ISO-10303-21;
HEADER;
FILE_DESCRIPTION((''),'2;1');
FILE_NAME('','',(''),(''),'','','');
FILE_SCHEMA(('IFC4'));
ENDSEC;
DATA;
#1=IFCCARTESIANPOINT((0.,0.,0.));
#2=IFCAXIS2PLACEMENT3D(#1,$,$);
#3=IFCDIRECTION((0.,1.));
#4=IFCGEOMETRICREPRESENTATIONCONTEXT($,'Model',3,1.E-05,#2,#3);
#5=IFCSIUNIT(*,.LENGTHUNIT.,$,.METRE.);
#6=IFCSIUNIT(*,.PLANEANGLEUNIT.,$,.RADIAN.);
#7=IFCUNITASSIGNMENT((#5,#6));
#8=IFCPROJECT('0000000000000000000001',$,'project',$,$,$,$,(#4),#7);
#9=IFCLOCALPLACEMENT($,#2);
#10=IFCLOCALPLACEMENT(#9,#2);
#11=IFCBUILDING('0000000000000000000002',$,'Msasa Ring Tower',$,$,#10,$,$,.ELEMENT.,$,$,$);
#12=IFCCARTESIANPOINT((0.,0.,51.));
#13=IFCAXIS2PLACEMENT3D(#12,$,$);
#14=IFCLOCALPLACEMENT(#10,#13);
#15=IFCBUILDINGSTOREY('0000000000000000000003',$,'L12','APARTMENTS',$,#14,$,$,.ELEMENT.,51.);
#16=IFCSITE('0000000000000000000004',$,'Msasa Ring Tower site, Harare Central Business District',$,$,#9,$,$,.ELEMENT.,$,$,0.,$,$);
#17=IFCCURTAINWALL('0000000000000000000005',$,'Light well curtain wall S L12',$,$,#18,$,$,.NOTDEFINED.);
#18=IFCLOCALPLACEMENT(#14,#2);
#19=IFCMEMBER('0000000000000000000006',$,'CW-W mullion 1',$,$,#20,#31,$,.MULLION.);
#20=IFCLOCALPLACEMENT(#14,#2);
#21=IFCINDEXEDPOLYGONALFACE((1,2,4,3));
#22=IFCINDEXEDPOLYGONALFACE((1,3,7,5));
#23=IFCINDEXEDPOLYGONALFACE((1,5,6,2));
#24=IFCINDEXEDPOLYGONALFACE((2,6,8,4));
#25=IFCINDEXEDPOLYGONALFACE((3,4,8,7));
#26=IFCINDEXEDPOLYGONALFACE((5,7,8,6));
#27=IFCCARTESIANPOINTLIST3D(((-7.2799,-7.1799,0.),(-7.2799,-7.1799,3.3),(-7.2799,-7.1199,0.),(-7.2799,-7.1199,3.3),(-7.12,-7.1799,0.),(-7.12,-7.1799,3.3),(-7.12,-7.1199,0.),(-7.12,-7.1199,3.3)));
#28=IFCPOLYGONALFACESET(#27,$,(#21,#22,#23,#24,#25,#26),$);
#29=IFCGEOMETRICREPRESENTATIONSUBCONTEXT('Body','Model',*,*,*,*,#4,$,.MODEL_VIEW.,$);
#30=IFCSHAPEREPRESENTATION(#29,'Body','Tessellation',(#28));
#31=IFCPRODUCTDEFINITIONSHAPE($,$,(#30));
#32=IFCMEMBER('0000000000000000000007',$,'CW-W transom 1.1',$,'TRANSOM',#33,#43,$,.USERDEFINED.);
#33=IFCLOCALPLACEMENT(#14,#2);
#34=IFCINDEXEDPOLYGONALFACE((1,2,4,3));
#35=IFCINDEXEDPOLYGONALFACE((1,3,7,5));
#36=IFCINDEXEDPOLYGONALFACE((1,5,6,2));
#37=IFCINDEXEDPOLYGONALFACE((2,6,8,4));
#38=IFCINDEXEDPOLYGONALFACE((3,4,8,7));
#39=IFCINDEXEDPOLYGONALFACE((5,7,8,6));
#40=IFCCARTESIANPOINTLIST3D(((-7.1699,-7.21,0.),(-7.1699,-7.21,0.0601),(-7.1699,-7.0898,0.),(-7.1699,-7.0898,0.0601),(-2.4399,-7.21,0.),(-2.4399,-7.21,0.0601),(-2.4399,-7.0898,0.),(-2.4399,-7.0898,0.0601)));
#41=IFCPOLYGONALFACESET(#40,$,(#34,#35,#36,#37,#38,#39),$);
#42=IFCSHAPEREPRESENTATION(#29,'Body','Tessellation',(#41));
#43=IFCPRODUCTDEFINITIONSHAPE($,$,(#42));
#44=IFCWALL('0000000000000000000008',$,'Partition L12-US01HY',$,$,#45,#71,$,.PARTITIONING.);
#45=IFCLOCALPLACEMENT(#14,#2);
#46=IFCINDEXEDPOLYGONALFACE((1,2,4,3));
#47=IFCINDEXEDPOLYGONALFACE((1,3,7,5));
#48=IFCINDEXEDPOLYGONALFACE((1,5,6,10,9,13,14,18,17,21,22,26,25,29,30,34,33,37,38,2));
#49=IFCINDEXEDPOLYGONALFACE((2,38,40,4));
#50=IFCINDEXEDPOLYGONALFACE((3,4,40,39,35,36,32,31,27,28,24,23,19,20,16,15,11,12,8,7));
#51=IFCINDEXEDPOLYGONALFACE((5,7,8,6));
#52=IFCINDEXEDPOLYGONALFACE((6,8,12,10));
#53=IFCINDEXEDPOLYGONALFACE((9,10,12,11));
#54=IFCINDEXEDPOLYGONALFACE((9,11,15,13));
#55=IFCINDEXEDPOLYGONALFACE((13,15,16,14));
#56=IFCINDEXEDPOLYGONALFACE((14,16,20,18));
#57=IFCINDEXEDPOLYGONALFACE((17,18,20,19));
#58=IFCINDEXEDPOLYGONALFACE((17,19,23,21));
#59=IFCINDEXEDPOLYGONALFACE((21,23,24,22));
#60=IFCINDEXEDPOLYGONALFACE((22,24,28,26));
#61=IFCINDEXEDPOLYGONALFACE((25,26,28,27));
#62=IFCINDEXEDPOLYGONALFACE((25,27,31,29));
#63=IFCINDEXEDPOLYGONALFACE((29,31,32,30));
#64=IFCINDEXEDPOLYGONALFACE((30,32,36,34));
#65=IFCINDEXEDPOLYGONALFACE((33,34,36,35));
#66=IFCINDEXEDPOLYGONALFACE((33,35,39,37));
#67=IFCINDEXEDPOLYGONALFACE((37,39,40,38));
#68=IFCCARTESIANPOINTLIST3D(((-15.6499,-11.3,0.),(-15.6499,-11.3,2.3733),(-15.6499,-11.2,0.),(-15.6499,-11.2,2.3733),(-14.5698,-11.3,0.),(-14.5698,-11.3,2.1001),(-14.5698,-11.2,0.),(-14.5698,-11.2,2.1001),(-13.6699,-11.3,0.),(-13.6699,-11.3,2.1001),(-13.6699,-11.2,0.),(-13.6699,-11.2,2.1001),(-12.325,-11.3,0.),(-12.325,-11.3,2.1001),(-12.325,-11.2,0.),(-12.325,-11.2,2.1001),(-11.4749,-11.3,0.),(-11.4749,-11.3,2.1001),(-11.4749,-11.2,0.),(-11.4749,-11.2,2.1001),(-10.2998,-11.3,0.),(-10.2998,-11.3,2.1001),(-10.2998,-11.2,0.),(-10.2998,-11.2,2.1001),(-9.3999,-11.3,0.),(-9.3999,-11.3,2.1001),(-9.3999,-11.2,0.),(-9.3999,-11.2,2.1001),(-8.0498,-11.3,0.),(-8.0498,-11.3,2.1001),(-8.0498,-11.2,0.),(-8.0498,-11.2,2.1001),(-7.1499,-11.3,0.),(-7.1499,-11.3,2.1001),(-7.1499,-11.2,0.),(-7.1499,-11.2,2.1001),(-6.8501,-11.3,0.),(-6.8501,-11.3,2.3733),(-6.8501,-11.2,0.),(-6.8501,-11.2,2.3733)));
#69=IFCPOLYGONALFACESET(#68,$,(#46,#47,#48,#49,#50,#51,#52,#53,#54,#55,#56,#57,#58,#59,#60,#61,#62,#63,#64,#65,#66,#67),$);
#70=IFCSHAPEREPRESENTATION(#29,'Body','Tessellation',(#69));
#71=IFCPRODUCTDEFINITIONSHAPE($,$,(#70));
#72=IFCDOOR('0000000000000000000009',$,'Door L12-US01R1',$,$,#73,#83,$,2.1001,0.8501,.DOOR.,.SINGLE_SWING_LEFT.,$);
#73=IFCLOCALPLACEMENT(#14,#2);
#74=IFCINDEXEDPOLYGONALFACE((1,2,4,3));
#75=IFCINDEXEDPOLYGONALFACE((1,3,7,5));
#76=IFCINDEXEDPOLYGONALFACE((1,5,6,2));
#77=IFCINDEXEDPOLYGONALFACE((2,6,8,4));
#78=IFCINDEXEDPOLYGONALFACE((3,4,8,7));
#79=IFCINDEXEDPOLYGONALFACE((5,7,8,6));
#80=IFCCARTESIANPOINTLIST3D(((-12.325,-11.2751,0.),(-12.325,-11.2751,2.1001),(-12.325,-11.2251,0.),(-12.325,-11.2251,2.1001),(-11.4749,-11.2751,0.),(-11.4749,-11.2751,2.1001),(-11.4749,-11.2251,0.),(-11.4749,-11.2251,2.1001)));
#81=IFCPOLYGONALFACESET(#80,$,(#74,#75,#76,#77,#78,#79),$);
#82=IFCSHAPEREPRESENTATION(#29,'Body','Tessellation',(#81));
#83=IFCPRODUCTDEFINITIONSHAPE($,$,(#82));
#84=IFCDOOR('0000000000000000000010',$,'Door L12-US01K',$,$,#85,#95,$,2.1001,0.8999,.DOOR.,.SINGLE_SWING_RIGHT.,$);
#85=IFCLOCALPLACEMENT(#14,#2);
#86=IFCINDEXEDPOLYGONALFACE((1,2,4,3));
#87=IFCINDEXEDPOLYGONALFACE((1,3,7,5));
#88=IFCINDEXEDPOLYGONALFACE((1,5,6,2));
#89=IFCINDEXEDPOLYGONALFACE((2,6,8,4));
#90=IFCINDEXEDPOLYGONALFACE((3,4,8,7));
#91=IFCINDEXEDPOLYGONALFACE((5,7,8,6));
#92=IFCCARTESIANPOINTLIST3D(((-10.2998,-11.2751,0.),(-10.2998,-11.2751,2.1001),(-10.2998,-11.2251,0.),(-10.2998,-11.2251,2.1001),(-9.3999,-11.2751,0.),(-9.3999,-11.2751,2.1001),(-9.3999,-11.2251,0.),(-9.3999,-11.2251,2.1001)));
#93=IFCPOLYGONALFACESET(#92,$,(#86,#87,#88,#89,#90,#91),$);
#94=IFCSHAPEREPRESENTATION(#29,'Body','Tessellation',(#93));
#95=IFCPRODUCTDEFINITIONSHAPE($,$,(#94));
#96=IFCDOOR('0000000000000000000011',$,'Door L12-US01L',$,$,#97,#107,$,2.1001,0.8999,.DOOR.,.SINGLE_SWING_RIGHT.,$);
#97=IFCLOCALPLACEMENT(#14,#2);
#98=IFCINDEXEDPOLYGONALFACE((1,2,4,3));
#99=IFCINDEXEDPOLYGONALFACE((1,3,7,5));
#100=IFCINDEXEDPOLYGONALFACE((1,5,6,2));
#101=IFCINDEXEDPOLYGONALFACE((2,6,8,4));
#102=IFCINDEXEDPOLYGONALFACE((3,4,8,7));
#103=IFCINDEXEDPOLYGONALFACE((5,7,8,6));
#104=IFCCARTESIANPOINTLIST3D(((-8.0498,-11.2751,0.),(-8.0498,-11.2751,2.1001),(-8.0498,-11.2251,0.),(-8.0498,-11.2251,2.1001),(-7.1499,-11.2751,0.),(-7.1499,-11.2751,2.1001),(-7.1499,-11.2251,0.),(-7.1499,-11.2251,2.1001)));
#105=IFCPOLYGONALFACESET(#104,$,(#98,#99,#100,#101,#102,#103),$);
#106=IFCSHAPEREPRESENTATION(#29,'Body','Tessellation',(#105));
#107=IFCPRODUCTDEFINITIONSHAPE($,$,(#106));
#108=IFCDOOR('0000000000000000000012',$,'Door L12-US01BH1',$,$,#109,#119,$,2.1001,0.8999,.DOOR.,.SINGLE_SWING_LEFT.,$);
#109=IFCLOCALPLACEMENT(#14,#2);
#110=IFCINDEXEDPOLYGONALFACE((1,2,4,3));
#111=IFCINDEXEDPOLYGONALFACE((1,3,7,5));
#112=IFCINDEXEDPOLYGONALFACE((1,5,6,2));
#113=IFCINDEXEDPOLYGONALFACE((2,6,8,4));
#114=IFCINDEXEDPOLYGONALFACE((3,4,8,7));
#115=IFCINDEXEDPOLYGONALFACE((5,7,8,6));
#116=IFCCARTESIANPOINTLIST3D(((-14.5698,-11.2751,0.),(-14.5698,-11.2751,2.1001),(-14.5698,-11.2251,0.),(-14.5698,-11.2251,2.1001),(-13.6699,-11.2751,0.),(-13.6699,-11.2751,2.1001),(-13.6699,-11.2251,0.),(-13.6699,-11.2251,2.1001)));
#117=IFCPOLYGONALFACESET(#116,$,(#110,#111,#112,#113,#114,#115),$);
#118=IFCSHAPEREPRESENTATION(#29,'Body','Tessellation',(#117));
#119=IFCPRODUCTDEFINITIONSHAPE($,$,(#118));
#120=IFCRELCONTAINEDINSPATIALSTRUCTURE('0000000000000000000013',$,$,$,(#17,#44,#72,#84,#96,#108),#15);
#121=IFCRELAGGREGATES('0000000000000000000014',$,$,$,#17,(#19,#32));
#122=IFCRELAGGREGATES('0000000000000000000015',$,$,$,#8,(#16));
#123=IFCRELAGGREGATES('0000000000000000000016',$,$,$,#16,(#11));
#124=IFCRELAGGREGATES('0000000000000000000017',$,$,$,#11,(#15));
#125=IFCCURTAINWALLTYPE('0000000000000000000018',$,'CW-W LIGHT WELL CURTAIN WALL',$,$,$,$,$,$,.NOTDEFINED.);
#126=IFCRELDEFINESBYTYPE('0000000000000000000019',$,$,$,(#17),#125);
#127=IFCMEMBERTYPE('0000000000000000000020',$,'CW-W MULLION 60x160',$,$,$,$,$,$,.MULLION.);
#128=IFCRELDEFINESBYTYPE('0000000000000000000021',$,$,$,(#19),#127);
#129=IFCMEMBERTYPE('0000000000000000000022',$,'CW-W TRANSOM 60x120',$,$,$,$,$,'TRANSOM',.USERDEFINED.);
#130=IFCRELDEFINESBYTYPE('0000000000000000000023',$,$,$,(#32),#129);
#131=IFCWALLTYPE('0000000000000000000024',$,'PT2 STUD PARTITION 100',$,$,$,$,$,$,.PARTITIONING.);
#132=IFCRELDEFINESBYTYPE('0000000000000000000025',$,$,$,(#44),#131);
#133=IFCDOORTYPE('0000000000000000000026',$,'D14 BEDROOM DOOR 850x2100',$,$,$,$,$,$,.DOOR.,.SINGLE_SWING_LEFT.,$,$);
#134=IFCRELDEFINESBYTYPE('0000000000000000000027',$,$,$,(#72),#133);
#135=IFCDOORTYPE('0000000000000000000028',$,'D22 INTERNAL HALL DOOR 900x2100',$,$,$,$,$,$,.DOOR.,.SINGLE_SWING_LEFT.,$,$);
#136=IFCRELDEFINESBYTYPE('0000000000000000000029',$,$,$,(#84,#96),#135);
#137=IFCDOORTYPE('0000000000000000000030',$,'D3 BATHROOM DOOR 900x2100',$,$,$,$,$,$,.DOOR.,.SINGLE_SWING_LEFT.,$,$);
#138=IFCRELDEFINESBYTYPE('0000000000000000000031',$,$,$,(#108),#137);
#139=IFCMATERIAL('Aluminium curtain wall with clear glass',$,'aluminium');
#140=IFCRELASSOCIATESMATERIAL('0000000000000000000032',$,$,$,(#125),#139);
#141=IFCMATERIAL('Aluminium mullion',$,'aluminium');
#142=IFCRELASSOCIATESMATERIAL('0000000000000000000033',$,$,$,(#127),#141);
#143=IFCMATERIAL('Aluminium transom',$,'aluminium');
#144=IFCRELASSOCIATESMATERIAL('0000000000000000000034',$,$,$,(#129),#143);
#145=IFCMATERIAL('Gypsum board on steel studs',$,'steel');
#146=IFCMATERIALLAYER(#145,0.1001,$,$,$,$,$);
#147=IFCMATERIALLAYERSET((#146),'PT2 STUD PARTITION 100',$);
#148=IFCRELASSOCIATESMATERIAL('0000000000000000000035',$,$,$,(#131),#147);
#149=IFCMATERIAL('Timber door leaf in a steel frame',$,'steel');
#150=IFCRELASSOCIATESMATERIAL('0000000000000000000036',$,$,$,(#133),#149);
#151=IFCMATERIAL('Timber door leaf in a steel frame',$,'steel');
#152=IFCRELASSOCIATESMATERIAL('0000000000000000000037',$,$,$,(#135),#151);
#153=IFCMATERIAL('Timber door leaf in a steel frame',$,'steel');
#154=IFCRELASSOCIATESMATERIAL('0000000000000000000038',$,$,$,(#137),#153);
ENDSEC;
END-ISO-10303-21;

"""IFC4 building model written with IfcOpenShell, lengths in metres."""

from ifc_helpers import new_model, si_unit, direction, frame, frame_2d, origin, origin_2d, place, context, subcontext, project, spatial, rectangle, extrude, material, layer, layer_set, material_profile, profile_set, type_object, element, fill, aggregate, save


model = new_model("IFC4")

# Units and contexts
model_context = context("Model", 3, precision=1e-05, world=origin(), true_north=direction((0.0, 1.0)))
body_context = subcontext(model_context, "Body", "Model", "MODEL_VIEW")
ifc_project = project(units=[si_unit("LENGTHUNIT", "METRE"), si_unit("PLANEANGLEUNIT", "RADIAN")], contexts=[model_context])

# Site, building, storey
site_placement = place(None, origin())
site = spatial("IfcSite", under=ifc_project, at=site_placement, Name="Msasa Ring Tower site, Harare Central Business District", CompositionType="ELEMENT", RefElevation=0.0)
building_placement = place(site_placement, origin())
building = spatial("IfcBuilding", under=site, at=building_placement, Name="Msasa Ring Tower", CompositionType="ELEMENT")
storey_placement = place(building_placement, frame((0.0, 0.0, 51.0)))
storey = spatial("IfcBuildingStorey", under=building, at=storey_placement, Name="L12", Description="APARTMENTS", CompositionType="ELEMENT", Elevation=51.0)

# Curtain wall, members
ifc_material_1 = material(Name="Aluminium curtain wall with clear glass", Category="aluminium")
curtain_wall_type = type_object("IfcCurtainWallType", Name="CW-W LIGHT WELL CURTAIN WALL", PredefinedType="NOTDEFINED", material=ifc_material_1)
curtain_wall_placement = place(storey_placement, origin())
curtain_wall = element("IfcCurtainWall", 1, at=curtain_wall_placement, inside=storey, type_object=curtain_wall_type, Name="Light well curtain wall S L12", PredefinedType="NOTDEFINED")
ifc_material_2 = material(Name="Aluminium mullion", Category="aluminium")
ifc_material_profile_1 = material_profile(ifc_material_2, rectangle(XDim=0.0601, YDim=0.1599, at=origin_2d()), Name="AL 60x160")
ifc_profile_set_1 = profile_set([ifc_material_profile_1], Name="Aluminium mullion")
member_type_1 = type_object("IfcMemberType", Name="CW-W MULLION 60x160", PredefinedType="MULLION", material=ifc_profile_set_1)
member_1_placement = place(storey_placement, frame((-7.2, -7.1499, 0.0), z_axis=(0.0, 0.0, 1.0), x_axis=(0.0, 1.0, 0.0)))
member_1 = element("IfcMember", 2, at=member_1_placement, type_object=member_type_1, Name="CW-W mullion 1", PredefinedType="MULLION", context=body_context, shape_type="SweptSolid", body=[
    extrude(rectangle(XDim=0.0601, YDim=0.1599, at=origin_2d()), origin(), (0.0, 0.0, 1.0), 3.3),
])
ifc_material_3 = material(Name="Aluminium transom", Category="aluminium")
ifc_material_profile_2 = material_profile(ifc_material_3, rectangle(XDim=0.1201, YDim=0.0601, at=origin_2d()), Name="AL 60x120")
ifc_profile_set_2 = profile_set([ifc_material_profile_2], Name="Aluminium transom")
member_type_2 = type_object("IfcMemberType", Name="CW-W TRANSOM 60x120", ElementType="TRANSOM", PredefinedType="USERDEFINED", material=ifc_profile_set_2)
member_2_placement = place(storey_placement, frame((-7.1699, -7.1499, 0.03), z_axis=(1.0, 0.0, 0.0), x_axis=(0.0, 1.0, 0.0)))
member_2 = element("IfcMember", 3, at=member_2_placement, type_object=member_type_2, Name="CW-W transom 1.1", ObjectType="TRANSOM", PredefinedType="USERDEFINED", context=body_context, shape_type="SweptSolid", body=[
    extrude(rectangle(XDim=0.1201, YDim=0.0601, at=origin_2d()), origin(), (0.0, 0.0, 1.0), 4.73),
])
aggregate(curtain_wall, [member_1, member_2])

# Wall, openings, doors
ifc_material_4 = material(Name="Gypsum board on steel studs", Category="steel")
ifc_layer_1 = layer(ifc_material_4, 0.1001)
ifc_layer_set_1 = layer_set([ifc_layer_1], Name="PT2 STUD PARTITION 100")
wall_type_1 = type_object("IfcWallType", Name="PT2 STUD PARTITION 100", PredefinedType="PARTITIONING", material=ifc_layer_set_1)
wall_1_placement = place(storey_placement, frame((-15.6499, -11.25, 0.0), z_axis=(0.0, 0.0, 1.0), x_axis=(1.0, 0.0, 0.0)))
wall_1 = element("IfcWall", 4, at=wall_1_placement, inside=storey, type_object=wall_type_1, Name="Partition L12-US01HY", PredefinedType="PARTITIONING", context=body_context, shape_type="SweptSolid", body=[
    extrude(rectangle(XDim=8.7998, YDim=0.1001, at=frame_2d((4.3999, 0.0))), origin(), (0.0, 0.0, 1.0), 2.3733),
])
opening_1_placement = place(wall_1_placement, frame((5.3501, 0.0, 0.0)))
opening_1 = element("IfcOpeningElement", 5, at=opening_1_placement, cuts=wall_1, PredefinedType="OPENING", context=body_context, shape_type="SweptSolid", body=[
    extrude(rectangle(XDim=0.8999, YDim=2.1001, at=frame_2d((0.45, 1.05))), frame((0.0, 0.0601, 0.0), z_axis=(0.0, -1.0, 0.0), x_axis=(1.0, 0.0, 0.0)), (0.0, 0.0, 1.0), 0.1201),
])
opening_2_placement = place(wall_1_placement, frame((7.6001, 0.0, 0.0)))
opening_2 = element("IfcOpeningElement", 6, at=opening_2_placement, cuts=wall_1, PredefinedType="OPENING", context=body_context, shape_type="SweptSolid", body=[
    extrude(rectangle(XDim=0.8999, YDim=2.1001, at=frame_2d((0.45, 1.05))), frame((0.0, 0.0601, 0.0), z_axis=(0.0, -1.0, 0.0), x_axis=(1.0, 0.0, 0.0)), (0.0, 0.0, 1.0), 0.1201),
])
opening_3_placement = place(wall_1_placement, frame((3.325, 0.0, 0.0)))
opening_3 = element("IfcOpeningElement", 7, at=opening_3_placement, cuts=wall_1, PredefinedType="OPENING", context=body_context, shape_type="SweptSolid", body=[
    extrude(rectangle(XDim=0.8501, YDim=2.1001, at=frame_2d((0.425, 1.05))), frame((0.0, 0.0601, 0.0), z_axis=(0.0, -1.0, 0.0), x_axis=(1.0, 0.0, 0.0)), (0.0, 0.0, 1.0), 0.1201),
])
opening_4_placement = place(wall_1_placement, frame((1.0801, 0.0, 0.0)))
opening_4 = element("IfcOpeningElement", 8, at=opening_4_placement, cuts=wall_1, PredefinedType="OPENING", context=body_context, shape_type="SweptSolid", body=[
    extrude(rectangle(XDim=0.8999, YDim=2.1001, at=frame_2d((0.45, 1.05))), frame((0.0, 0.0601, 0.0), z_axis=(0.0, -1.0, 0.0), x_axis=(1.0, 0.0, 0.0)), (0.0, 0.0, 1.0), 0.1201),
])
ifc_material_5 = material(Name="Timber door leaf in a steel frame", Category="steel")
door_type_1 = type_object("IfcDoorType", Name="D14 BEDROOM DOOR 850x2100", OperationType="SINGLE_SWING_LEFT", PredefinedType="DOOR", material=ifc_material_5)
door_1_placement = place(opening_3_placement, origin())
door_1 = element("IfcDoor", 9, at=door_1_placement, inside=storey, type_object=door_type_1, Name="Door L12-US01R1", OperationType="SINGLE_SWING_LEFT", OverallHeight=2.1001, OverallWidth=0.8501, PredefinedType="DOOR", context=body_context, shape_type="SweptSolid", body=[
    extrude(rectangle(XDim=0.8501, YDim=2.1001, at=frame_2d((0.425, 1.05))), frame((0.0, 0.0249, 0.0), z_axis=(0.0, -1.0, 0.0), x_axis=(1.0, 0.0, 0.0)), (0.0, 0.0, 1.0), 0.05),
])
fill(opening_3, door_1)
ifc_material_6 = material(Name="Timber door leaf in a steel frame", Category="steel")
door_type_2 = type_object("IfcDoorType", Name="D22 INTERNAL HALL DOOR 900x2100", OperationType="SINGLE_SWING_LEFT", PredefinedType="DOOR", material=ifc_material_6)
door_2_placement = place(opening_1_placement, origin())
door_2 = element("IfcDoor", 10, at=door_2_placement, inside=storey, type_object=door_type_2, Name="Door L12-US01K", OperationType="SINGLE_SWING_RIGHT", OverallHeight=2.1001, OverallWidth=0.8999, PredefinedType="DOOR", context=body_context, shape_type="SweptSolid", body=[
    extrude(rectangle(XDim=0.8999, YDim=2.1001, at=frame_2d((0.45, 1.05))), frame((0.0, 0.0249, 0.0), z_axis=(0.0, -1.0, 0.0), x_axis=(1.0, 0.0, 0.0)), (0.0, 0.0, 1.0), 0.05),
])
fill(opening_1, door_2)
door_3_placement = place(opening_2_placement, origin())
door_3 = element("IfcDoor", 11, at=door_3_placement, inside=storey, type_object=door_type_2, Name="Door L12-US01L", OperationType="SINGLE_SWING_RIGHT", OverallHeight=2.1001, OverallWidth=0.8999, PredefinedType="DOOR", context=body_context, shape_type="SweptSolid", body=[
    extrude(rectangle(XDim=0.8999, YDim=2.1001, at=frame_2d((0.45, 1.05))), frame((0.0, 0.0249, 0.0), z_axis=(0.0, -1.0, 0.0), x_axis=(1.0, 0.0, 0.0)), (0.0, 0.0, 1.0), 0.05),
])
fill(opening_2, door_3)
ifc_material_7 = material(Name="Timber door leaf in a steel frame", Category="steel")
door_type_3 = type_object("IfcDoorType", Name="D3 BATHROOM DOOR 900x2100", OperationType="SINGLE_SWING_LEFT", PredefinedType="DOOR", material=ifc_material_7)
door_4_placement = place(opening_4_placement, origin())
door_4 = element("IfcDoor", 12, at=door_4_placement, inside=storey, type_object=door_type_3, Name="Door L12-US01BH1", OperationType="SINGLE_SWING_LEFT", OverallHeight=2.1001, OverallWidth=0.8999, PredefinedType="DOOR", context=body_context, shape_type="SweptSolid", body=[
    extrude(rectangle(XDim=0.8999, YDim=2.1001, at=frame_2d((0.45, 1.05))), frame((0.0, 0.0249, 0.0), z_axis=(0.0, -1.0, 0.0), x_axis=(1.0, 0.0, 0.0)), (0.0, 0.0, 1.0), 0.05),
])
fill(opening_4, door_4)

save(model, "model.ifc")
